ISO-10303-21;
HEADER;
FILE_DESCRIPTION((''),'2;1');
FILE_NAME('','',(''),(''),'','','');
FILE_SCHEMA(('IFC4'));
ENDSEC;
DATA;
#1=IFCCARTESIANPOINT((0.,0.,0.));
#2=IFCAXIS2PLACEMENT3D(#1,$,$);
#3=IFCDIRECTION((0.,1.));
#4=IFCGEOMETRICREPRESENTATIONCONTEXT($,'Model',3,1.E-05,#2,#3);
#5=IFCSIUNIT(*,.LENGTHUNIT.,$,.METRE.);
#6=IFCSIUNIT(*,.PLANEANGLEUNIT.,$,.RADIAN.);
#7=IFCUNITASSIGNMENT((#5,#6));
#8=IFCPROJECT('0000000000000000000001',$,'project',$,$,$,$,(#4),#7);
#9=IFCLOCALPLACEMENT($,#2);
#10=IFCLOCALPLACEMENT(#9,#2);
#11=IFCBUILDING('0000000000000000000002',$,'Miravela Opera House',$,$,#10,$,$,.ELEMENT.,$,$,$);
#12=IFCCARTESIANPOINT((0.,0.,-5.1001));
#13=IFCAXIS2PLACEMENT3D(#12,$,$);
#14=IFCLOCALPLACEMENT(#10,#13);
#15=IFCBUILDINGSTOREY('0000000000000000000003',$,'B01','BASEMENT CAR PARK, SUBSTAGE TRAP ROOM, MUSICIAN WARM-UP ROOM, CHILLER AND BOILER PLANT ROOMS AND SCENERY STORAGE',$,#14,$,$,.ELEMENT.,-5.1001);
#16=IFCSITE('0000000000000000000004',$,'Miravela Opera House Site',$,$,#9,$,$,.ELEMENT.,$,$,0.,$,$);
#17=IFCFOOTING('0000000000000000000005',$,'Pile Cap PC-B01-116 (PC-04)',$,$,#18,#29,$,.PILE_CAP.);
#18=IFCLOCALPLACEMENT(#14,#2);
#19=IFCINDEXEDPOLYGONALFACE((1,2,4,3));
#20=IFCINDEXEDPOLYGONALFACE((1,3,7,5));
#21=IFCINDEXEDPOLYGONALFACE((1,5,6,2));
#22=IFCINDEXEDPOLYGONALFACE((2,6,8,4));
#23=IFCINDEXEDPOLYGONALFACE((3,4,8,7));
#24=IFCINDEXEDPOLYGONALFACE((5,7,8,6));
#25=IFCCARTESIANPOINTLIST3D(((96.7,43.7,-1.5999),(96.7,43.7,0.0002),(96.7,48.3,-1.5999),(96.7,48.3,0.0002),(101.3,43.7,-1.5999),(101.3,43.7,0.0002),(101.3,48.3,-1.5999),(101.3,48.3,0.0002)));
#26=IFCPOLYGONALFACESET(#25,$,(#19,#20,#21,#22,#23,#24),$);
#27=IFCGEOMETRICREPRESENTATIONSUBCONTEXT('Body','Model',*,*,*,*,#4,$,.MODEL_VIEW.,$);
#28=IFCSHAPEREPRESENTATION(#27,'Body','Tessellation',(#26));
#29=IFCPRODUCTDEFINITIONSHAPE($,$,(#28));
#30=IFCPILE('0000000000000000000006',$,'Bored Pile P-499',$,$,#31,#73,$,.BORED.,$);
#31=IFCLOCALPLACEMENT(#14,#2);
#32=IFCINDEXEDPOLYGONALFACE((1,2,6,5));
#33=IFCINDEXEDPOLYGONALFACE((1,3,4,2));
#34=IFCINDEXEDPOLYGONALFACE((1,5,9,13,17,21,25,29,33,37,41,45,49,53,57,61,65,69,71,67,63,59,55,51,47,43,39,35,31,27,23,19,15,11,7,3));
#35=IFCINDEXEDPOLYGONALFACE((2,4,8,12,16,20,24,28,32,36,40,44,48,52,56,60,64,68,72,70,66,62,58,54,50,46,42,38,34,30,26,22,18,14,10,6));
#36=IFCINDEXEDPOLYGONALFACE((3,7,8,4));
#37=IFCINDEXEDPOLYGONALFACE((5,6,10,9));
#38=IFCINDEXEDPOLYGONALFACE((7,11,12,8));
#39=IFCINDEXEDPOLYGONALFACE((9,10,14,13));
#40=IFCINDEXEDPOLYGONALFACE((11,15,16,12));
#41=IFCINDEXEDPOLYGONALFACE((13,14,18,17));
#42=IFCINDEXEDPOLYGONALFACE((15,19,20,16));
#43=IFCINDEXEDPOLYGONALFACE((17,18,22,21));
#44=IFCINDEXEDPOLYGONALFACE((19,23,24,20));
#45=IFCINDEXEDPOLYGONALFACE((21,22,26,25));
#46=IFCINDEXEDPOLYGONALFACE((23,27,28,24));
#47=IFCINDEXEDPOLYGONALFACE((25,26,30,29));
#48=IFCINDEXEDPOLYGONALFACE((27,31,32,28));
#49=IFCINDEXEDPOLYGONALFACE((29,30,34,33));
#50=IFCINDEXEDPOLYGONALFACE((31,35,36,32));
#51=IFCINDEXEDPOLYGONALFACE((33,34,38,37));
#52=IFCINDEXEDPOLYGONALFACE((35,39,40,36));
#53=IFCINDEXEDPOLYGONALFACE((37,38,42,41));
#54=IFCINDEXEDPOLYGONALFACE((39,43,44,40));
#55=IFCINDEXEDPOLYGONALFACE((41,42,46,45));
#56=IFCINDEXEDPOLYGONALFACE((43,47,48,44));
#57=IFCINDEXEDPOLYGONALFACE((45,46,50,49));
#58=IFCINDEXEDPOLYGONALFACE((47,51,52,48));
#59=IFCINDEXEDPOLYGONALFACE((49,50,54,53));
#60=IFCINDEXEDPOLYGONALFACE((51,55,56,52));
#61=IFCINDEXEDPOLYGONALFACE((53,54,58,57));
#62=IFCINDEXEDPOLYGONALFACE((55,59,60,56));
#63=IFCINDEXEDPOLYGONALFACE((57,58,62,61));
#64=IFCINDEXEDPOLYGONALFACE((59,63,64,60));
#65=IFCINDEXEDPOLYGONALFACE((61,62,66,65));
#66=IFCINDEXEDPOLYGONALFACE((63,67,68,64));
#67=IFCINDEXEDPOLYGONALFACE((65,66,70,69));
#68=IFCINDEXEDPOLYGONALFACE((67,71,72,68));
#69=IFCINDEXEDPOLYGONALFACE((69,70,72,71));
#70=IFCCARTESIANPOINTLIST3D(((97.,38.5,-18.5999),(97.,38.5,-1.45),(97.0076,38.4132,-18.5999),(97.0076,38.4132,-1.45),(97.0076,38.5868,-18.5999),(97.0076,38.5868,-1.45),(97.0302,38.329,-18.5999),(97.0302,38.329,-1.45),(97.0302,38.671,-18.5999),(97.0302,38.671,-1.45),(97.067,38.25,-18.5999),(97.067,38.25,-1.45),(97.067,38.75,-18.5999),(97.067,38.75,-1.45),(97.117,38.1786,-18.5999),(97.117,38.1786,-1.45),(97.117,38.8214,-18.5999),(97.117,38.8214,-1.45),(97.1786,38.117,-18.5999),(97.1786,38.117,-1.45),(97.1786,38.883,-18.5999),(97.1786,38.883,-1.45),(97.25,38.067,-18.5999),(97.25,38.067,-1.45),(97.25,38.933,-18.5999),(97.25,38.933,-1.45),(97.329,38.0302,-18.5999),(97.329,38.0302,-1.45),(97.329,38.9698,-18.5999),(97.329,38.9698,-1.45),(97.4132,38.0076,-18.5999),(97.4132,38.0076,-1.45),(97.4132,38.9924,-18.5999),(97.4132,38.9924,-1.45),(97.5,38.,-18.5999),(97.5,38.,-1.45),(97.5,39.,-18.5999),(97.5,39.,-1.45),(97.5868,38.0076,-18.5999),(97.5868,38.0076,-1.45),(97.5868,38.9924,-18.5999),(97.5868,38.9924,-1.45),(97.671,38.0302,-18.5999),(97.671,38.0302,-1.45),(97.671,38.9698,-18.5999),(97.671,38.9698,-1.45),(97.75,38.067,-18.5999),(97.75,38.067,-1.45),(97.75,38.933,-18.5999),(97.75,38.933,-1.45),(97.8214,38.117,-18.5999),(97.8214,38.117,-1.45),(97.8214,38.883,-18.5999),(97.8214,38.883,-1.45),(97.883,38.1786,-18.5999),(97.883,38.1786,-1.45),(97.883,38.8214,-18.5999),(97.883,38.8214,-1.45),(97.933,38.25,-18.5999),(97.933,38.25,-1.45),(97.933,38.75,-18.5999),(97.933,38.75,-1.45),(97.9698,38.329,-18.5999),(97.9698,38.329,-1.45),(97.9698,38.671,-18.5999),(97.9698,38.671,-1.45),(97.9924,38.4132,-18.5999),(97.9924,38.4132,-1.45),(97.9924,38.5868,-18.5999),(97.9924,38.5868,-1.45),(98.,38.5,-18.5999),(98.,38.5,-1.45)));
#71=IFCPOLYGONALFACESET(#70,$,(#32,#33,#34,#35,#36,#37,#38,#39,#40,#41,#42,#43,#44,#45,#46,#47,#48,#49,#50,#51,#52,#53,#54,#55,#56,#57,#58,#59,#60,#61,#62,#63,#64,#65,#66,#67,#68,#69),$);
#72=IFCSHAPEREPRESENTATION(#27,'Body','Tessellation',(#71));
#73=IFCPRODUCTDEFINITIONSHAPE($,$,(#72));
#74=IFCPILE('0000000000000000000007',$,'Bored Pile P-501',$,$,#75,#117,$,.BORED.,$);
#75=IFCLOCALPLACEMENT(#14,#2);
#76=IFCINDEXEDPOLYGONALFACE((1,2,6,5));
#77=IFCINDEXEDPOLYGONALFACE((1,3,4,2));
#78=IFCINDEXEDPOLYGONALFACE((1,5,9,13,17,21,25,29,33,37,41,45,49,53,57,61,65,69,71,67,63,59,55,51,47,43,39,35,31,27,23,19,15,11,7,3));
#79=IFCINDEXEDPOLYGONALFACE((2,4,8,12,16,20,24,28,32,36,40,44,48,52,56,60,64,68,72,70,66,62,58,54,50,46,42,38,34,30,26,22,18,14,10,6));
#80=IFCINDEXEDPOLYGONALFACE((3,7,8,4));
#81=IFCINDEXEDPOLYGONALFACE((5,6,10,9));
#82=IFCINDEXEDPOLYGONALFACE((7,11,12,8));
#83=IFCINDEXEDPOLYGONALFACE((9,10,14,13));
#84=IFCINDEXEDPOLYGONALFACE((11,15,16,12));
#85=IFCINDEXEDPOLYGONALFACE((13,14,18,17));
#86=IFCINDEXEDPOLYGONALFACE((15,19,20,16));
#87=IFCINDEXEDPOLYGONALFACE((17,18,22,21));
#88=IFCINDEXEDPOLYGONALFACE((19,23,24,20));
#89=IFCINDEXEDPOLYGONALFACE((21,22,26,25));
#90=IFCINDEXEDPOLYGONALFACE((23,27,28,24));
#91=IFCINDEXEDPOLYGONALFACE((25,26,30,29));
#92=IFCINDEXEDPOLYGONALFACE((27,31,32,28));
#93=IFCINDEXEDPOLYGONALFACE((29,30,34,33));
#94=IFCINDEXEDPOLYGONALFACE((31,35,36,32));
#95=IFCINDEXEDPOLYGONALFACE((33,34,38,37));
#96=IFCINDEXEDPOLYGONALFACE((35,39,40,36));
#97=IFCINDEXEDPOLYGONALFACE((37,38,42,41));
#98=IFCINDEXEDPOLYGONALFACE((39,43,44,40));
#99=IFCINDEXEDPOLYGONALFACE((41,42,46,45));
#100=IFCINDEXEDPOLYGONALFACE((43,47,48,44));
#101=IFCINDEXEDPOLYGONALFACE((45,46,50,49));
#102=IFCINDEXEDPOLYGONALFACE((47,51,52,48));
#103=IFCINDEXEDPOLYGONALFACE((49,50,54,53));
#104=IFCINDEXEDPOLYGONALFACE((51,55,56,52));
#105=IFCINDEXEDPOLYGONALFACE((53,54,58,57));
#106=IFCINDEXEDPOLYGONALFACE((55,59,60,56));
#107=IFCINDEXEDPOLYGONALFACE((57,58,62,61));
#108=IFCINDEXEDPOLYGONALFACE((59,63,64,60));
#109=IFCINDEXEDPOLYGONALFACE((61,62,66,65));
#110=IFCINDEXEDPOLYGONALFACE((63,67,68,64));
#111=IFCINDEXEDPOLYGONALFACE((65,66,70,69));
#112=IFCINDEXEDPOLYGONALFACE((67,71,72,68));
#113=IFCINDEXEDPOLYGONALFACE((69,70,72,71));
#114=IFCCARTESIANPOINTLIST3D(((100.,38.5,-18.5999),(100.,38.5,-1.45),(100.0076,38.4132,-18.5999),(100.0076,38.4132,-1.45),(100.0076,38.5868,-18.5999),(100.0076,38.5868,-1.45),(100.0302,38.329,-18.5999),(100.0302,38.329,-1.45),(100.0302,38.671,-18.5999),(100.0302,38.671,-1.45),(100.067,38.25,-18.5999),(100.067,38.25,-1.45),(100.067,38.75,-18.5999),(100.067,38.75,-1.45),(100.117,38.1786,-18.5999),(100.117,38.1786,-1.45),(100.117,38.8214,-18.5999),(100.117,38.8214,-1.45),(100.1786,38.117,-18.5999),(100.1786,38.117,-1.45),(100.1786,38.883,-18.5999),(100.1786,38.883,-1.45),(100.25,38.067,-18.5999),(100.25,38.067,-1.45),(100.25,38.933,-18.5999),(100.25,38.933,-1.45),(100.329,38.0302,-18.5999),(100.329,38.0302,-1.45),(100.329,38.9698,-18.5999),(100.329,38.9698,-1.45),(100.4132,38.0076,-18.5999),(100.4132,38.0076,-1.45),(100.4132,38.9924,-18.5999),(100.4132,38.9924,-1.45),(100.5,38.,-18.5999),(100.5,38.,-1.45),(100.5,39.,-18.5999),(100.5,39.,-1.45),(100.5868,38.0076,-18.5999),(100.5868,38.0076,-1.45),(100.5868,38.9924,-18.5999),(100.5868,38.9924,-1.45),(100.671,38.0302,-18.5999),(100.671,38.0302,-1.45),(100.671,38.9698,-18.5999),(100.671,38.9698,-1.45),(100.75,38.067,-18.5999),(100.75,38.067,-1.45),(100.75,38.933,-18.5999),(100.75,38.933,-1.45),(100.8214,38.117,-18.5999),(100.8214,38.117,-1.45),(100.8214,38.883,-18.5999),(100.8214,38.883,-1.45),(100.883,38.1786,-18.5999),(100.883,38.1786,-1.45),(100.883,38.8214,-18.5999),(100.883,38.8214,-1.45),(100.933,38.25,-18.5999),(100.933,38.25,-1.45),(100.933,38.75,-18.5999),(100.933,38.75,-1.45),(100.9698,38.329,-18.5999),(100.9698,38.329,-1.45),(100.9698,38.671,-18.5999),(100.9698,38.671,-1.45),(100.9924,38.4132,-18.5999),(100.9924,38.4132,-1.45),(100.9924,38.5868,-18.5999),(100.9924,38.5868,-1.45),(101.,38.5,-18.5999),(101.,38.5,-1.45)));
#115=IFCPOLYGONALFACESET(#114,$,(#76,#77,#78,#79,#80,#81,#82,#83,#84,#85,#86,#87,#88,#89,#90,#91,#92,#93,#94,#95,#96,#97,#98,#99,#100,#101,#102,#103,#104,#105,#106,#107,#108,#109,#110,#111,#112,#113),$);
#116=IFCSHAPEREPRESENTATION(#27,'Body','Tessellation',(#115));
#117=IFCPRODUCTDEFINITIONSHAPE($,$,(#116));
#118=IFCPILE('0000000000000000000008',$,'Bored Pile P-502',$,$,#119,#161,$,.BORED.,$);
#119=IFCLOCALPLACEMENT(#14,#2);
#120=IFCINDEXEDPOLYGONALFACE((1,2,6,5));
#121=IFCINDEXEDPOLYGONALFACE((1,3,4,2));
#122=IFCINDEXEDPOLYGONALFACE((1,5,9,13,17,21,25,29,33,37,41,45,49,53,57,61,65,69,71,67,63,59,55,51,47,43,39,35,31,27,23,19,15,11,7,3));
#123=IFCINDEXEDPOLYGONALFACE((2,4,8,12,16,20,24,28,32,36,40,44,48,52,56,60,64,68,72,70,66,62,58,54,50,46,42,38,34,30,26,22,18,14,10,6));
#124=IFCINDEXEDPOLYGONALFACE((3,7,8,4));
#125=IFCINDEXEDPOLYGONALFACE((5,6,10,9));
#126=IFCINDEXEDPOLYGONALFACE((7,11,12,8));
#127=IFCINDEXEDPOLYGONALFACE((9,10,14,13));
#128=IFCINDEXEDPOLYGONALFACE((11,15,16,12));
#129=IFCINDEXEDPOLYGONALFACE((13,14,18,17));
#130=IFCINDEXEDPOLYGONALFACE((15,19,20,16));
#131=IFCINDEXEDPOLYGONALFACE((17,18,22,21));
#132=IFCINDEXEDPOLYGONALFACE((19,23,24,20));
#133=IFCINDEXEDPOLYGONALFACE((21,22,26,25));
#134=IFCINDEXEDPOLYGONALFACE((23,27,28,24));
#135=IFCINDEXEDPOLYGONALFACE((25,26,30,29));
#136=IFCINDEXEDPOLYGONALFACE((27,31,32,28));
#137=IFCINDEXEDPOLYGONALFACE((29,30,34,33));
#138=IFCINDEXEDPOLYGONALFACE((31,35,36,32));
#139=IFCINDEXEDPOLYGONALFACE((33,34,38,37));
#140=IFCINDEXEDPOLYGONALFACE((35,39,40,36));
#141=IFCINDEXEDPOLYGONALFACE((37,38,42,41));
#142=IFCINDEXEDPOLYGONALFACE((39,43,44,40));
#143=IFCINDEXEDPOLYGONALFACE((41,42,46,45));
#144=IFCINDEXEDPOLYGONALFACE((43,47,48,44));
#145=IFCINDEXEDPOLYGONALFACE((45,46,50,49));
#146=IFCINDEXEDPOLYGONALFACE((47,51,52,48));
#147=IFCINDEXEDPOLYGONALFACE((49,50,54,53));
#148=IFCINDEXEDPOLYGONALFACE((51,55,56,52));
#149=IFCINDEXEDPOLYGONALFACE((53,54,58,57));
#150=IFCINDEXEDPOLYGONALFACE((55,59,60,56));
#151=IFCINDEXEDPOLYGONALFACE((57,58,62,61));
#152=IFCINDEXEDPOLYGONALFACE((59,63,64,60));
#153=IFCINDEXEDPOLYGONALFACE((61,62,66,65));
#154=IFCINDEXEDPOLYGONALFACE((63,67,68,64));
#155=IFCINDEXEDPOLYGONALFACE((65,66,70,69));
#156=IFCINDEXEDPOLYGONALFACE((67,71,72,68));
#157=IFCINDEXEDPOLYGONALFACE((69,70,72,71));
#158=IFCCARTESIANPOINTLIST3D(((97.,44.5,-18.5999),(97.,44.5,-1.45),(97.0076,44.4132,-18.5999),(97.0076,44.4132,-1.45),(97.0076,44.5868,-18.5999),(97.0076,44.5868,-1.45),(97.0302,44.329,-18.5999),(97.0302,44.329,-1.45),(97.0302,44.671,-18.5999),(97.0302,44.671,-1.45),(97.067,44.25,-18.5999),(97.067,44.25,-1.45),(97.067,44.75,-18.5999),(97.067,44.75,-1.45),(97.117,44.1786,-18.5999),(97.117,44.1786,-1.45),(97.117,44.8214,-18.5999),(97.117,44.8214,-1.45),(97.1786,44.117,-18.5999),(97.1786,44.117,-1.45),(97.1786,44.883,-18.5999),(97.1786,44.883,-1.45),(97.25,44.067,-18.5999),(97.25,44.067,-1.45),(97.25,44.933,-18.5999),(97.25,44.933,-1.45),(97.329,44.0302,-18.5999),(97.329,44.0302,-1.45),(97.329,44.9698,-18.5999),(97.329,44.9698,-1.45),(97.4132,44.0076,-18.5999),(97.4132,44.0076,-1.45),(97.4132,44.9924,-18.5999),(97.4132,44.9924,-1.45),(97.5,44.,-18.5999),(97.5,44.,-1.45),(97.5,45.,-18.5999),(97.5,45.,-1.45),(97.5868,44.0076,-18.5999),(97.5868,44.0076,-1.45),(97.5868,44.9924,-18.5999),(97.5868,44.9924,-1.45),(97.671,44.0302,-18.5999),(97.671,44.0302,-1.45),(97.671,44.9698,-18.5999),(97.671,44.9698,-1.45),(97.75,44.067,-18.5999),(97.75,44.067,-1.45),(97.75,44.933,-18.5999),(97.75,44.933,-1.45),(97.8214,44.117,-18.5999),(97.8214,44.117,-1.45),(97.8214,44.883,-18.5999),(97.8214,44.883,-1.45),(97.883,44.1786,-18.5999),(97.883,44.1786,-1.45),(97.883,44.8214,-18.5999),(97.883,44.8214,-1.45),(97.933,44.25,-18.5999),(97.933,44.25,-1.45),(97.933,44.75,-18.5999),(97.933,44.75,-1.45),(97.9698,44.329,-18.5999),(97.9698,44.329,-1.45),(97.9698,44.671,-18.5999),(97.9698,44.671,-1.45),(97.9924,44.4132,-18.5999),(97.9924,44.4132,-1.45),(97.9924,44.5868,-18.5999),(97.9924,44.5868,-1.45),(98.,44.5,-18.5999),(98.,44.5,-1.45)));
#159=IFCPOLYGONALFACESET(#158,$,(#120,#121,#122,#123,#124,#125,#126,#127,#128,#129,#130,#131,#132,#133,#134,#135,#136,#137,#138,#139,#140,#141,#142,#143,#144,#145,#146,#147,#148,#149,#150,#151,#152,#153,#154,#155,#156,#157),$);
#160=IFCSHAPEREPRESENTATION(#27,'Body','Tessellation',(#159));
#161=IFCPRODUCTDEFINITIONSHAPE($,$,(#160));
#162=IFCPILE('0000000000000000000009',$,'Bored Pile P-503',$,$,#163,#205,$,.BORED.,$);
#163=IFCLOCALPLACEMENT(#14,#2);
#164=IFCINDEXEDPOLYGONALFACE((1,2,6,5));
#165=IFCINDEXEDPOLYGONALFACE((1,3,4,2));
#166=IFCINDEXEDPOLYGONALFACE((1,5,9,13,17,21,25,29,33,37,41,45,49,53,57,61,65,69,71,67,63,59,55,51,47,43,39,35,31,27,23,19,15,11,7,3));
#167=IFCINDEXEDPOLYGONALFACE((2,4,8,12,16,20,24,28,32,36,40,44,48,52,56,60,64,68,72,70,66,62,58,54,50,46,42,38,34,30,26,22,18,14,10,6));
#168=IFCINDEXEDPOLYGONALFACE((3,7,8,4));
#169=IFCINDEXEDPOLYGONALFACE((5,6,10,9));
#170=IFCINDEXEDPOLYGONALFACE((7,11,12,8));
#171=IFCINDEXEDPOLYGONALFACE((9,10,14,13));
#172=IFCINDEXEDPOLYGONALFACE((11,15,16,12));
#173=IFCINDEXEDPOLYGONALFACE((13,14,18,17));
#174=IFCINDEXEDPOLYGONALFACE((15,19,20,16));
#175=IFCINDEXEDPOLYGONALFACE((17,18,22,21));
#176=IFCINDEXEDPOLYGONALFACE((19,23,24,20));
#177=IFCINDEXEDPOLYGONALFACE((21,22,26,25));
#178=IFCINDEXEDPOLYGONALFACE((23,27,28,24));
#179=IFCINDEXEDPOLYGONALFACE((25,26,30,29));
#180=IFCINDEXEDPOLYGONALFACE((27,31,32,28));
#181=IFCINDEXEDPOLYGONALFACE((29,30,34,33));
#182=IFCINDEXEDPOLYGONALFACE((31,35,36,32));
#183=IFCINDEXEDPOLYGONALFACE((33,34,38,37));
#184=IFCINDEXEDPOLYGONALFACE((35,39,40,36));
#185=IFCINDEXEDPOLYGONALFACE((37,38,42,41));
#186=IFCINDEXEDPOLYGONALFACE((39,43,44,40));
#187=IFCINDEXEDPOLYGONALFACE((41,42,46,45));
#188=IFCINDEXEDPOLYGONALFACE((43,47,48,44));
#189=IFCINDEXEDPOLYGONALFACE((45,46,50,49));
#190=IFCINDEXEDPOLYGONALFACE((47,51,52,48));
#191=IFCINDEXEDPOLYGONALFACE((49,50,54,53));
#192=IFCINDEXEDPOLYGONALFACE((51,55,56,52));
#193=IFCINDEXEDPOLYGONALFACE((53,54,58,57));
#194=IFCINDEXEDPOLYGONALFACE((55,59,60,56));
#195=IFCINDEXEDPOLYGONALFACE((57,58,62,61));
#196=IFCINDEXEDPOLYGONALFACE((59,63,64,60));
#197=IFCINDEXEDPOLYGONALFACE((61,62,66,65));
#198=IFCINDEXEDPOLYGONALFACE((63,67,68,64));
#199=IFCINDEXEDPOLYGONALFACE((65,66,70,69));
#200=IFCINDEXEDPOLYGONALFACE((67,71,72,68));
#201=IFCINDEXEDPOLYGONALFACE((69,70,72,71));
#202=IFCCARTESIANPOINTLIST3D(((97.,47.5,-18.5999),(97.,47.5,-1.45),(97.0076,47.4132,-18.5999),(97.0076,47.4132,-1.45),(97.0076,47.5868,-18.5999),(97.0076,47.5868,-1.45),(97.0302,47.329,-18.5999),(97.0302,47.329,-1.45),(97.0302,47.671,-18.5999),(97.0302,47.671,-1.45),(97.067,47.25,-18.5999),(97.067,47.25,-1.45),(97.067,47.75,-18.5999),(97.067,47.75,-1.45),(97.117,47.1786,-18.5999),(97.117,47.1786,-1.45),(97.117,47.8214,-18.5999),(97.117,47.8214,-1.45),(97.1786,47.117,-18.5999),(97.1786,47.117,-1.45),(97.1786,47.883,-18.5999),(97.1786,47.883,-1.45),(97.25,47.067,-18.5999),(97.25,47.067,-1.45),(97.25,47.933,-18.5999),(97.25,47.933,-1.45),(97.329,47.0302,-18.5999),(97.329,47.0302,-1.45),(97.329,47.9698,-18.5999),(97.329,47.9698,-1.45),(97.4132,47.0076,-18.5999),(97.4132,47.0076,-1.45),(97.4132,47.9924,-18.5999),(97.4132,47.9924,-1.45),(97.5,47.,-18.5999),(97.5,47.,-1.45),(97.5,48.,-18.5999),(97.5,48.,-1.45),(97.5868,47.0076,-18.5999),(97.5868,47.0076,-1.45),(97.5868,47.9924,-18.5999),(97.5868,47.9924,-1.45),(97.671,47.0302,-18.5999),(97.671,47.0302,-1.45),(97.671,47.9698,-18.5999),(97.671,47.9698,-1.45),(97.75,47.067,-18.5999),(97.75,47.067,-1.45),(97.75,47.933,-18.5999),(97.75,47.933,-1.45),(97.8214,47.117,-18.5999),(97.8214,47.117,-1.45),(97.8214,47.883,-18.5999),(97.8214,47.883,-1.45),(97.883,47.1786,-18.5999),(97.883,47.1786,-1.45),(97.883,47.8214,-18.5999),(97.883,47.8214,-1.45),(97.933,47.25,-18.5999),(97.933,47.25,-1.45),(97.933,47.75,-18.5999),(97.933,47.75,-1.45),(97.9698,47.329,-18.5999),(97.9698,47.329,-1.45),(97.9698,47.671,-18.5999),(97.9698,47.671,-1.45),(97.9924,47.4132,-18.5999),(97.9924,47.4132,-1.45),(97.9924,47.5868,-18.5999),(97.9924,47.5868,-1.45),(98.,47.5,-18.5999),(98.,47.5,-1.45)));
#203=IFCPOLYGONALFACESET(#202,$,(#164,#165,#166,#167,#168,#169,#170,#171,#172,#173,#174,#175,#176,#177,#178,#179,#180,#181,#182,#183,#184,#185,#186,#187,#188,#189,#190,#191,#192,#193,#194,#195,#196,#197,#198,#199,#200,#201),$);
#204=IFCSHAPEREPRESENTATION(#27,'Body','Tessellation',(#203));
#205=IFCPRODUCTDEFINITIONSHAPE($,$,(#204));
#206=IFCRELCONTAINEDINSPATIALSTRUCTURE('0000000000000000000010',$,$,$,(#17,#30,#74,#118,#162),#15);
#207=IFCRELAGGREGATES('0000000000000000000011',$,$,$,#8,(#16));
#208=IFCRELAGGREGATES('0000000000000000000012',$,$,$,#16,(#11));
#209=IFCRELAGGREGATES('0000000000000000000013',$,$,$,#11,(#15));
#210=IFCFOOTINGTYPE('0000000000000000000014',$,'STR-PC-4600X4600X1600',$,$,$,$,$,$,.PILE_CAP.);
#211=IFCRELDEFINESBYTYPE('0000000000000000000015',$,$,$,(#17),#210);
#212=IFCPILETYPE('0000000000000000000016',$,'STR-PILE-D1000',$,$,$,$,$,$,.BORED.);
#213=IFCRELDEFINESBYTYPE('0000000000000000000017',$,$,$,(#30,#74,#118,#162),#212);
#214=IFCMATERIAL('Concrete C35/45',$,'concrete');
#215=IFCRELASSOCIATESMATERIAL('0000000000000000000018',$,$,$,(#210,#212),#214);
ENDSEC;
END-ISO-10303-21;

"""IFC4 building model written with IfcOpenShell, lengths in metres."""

from ifc_helpers import new_model, si_unit, direction, frame, origin, origin_2d, place, context, subcontext, project, spatial, rectangle, circle, extrude, material, material_profile, profile_set, type_object, element, save


model = new_model("IFC4")

# Units and contexts
model_context = context("Model", 3, precision=1e-05, world=origin(), true_north=direction((0.0, 1.0)))
body_context = subcontext(model_context, "Body", "Model", "MODEL_VIEW")
ifc_project = project(units=[si_unit("LENGTHUNIT", "METRE"), si_unit("PLANEANGLEUNIT", "RADIAN")], contexts=[model_context])

# Site, building, storey
site_placement = place(None, origin())
site = spatial("IfcSite", under=ifc_project, at=site_placement, Name="Miravela Opera House Site", CompositionType="ELEMENT", RefElevation=0.0)
building_placement = place(site_placement, origin())
building = spatial("IfcBuilding", under=site, at=building_placement, Name="Miravela Opera House", CompositionType="ELEMENT")
storey_placement = place(building_placement, frame((0.0, 0.0, -5.1001)))
storey = spatial("IfcBuildingStorey", under=building, at=storey_placement, Name="B01", Description="BASEMENT CAR PARK, SUBSTAGE TRAP ROOM, MUSICIAN WARM-UP ROOM, CHILLER AND BOILER PLANT ROOMS AND SCENERY STORAGE", CompositionType="ELEMENT", Elevation=-5.1001)

# Footing
ifc_material_1 = material(Name="Concrete C35/45", Category="concrete")
footing_type = type_object("IfcFootingType", Name="STR-PC-4600X4600X1600", PredefinedType="PILE_CAP", material=ifc_material_1)
footing_placement = place(storey_placement, frame((99.0, 46.0, -1.5999), z_axis=(0.0, 0.0, 1.0), x_axis=(1.0, 0.0, 0.0)))
element("IfcFooting", 1, at=footing_placement, inside=storey, type_object=footing_type, Name="Pile Cap PC-B01-116 (PC-04)", PredefinedType="PILE_CAP", context=body_context, shape_type="SweptSolid", body=[
    extrude(rectangle(XDim=4.6001, YDim=4.6001, at=origin_2d()), origin(), (0.0, 0.0, 1.0), 1.6001),
])

# Piles
ifc_material_profile_1 = material_profile(ifc_material_1, circle(Radius=0.5, at=origin_2d()), Name="PILE-D1000")
ifc_profile_set_1 = profile_set([ifc_material_profile_1])
pile_type_1 = type_object("IfcPileType", Name="STR-PILE-D1000", PredefinedType="BORED", material=ifc_profile_set_1)
for number, where, z_axis, x_axis, name in (
    (2, (97.5, 38.5, -1.45), (0.0, 0.0, -1.0), (1.0, 0.0, 0.0), "Bored Pile P-499"),
    (3, (100.5, 38.5, -1.45), (0.0, 0.0, -1.0), (1.0, 0.0, 0.0), "Bored Pile P-501"),
    (4, (97.5, 44.5, -1.45), (0.0, 0.0, -1.0), (1.0, 0.0, 0.0), "Bored Pile P-502"),
    (5, (97.5, 47.5, -1.45), (0.0, 0.0, -1.0), (1.0, 0.0, 0.0), "Bored Pile P-503"),
):
    element("IfcPile", number, at=place(storey_placement, frame(where, z_axis=z_axis, x_axis=x_axis)), inside=storey, type_object=pile_type_1, Name=name, PredefinedType="BORED", context=body_context, shape_type="SweptSolid", body=[
        extrude(circle(Radius=0.5, at=origin_2d()), origin(), (0.0, 0.0, 1.0), 17.1499),
    ])

save(model, "model.ifc")
